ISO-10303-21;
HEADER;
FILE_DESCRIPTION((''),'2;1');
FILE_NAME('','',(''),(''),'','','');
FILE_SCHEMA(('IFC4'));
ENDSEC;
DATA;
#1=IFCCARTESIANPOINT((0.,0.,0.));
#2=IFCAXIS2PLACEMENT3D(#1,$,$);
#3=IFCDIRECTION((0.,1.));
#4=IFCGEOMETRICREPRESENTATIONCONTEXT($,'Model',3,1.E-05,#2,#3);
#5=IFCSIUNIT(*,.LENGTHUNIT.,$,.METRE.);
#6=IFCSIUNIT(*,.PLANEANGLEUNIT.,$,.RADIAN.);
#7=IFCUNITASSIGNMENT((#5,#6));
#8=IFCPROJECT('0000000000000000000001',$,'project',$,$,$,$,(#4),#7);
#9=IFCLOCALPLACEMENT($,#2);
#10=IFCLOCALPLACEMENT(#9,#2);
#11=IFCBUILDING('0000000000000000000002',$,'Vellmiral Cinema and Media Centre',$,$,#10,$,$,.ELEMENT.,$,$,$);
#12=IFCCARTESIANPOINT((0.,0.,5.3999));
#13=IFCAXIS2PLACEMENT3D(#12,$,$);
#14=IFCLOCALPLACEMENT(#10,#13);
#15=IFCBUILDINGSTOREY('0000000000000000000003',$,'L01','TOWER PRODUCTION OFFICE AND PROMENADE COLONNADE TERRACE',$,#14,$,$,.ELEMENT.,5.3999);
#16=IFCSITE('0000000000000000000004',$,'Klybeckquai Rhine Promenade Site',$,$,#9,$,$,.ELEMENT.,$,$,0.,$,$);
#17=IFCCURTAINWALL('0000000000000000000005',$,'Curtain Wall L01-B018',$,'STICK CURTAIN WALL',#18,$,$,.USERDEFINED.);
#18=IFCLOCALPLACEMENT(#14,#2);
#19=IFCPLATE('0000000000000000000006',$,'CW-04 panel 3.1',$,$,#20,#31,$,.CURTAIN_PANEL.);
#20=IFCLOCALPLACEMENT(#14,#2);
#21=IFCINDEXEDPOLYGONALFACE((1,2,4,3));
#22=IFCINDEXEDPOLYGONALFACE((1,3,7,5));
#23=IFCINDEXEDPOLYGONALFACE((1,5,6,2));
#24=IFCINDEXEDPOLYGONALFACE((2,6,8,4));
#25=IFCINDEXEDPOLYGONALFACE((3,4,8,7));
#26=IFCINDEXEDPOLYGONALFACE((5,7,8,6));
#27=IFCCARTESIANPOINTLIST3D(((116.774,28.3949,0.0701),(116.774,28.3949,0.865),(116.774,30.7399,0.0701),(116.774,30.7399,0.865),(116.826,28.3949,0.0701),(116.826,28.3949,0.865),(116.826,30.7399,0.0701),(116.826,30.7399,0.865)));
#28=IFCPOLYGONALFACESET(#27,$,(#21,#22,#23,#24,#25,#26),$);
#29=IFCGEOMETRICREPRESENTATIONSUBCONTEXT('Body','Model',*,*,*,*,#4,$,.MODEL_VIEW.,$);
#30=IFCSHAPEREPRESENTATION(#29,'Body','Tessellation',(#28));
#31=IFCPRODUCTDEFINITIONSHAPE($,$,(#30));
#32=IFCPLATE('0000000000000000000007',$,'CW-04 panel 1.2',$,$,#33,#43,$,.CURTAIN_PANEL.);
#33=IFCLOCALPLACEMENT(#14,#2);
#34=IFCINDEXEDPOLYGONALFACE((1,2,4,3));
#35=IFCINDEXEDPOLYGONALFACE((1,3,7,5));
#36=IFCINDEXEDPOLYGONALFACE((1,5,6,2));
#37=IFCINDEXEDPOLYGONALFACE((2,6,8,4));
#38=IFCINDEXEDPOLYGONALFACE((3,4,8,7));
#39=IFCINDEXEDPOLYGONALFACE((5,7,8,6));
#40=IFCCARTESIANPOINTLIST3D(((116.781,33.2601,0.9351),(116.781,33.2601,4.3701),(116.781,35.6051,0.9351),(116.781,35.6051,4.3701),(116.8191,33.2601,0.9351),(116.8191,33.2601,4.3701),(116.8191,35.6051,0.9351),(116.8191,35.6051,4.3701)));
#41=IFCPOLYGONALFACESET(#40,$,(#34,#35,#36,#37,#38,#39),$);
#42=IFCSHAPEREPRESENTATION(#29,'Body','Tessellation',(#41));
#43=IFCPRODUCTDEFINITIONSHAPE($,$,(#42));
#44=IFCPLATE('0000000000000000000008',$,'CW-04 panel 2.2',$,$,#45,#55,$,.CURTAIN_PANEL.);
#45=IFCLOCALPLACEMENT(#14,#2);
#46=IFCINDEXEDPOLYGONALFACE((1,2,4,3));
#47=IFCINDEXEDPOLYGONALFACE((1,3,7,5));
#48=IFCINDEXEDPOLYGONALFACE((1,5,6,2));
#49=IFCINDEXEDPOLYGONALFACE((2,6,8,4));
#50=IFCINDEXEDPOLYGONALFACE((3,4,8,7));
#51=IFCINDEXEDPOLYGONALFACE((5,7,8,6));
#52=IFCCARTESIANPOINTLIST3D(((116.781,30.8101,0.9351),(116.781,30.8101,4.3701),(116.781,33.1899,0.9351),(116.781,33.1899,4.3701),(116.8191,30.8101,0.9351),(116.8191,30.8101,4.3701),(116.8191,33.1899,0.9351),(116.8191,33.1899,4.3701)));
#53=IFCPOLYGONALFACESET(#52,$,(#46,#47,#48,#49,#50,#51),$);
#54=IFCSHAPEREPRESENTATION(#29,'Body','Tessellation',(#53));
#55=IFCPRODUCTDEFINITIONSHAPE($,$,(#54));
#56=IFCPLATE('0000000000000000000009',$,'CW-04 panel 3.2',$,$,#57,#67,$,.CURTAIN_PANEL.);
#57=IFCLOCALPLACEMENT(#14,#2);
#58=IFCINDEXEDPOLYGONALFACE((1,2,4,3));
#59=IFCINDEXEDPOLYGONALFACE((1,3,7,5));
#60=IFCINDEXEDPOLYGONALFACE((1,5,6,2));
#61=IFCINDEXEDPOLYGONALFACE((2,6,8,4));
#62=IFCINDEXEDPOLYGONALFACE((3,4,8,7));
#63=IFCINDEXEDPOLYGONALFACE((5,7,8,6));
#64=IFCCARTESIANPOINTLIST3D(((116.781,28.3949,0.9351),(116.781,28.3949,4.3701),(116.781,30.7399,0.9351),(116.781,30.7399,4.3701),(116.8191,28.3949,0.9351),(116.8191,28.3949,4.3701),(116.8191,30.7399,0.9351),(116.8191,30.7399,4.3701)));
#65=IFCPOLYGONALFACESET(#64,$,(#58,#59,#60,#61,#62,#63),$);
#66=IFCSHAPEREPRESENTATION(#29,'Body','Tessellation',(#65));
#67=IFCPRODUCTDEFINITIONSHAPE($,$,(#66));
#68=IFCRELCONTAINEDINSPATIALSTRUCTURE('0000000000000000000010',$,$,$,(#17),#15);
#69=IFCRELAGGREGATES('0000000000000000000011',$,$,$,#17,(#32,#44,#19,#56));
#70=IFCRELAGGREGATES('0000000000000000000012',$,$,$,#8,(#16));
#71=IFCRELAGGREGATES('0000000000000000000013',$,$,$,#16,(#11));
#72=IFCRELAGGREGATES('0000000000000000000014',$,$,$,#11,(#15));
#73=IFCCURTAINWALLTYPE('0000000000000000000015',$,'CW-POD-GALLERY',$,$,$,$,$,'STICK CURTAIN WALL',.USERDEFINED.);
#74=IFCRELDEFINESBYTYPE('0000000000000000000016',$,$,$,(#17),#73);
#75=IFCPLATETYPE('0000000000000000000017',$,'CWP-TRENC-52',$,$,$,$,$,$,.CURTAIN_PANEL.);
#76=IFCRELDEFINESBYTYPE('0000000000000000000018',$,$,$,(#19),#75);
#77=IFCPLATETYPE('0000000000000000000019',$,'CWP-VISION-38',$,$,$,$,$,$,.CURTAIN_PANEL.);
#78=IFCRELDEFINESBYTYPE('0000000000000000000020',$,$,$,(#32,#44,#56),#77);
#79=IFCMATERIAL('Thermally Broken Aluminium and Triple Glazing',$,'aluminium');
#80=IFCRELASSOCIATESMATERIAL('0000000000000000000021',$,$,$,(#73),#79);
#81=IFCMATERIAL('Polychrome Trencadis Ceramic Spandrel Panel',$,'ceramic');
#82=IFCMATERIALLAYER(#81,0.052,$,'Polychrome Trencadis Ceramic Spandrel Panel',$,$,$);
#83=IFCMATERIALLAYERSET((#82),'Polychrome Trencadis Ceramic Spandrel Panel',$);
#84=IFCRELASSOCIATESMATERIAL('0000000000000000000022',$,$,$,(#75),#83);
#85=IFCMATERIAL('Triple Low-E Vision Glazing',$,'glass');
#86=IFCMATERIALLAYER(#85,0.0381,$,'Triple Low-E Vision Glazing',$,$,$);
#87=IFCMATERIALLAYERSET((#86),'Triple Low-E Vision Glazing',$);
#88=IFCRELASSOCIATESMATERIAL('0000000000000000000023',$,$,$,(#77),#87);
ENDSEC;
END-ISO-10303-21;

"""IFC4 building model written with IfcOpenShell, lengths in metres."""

from ifc_helpers import new_model, si_unit, direction, frame, origin, origin_2d, place, context, subcontext, project, spatial, rectangle, extrude, material, layer, layer_set, type_object, element, aggregate, save


model = new_model("IFC4")

# Units and contexts
model_context = context("Model", 3, precision=1e-05, world=origin(), true_north=direction((0.0, 1.0)))
body_context = subcontext(model_context, "Body", "Model", "MODEL_VIEW")
ifc_project = project(units=[si_unit("LENGTHUNIT", "METRE"), si_unit("PLANEANGLEUNIT", "RADIAN")], contexts=[model_context])

# Site, building, storey
site_placement = place(None, origin())
site = spatial("IfcSite", under=ifc_project, at=site_placement, Name="Klybeckquai Rhine Promenade Site", CompositionType="ELEMENT", RefElevation=0.0)
building_placement = place(site_placement, origin())
building = spatial("IfcBuilding", under=site, at=building_placement, Name="Vellmiral Cinema and Media Centre", CompositionType="ELEMENT")
storey_placement = place(building_placement, frame((0.0, 0.0, 5.3999)))
storey = spatial("IfcBuildingStorey", under=building, at=storey_placement, Name="L01", Description="TOWER PRODUCTION OFFICE AND PROMENADE COLONNADE TERRACE", CompositionType="ELEMENT", Elevation=5.3999)

# Curtain wall, plates
ifc_material_1 = material(Name="Thermally Broken Aluminium and Triple Glazing", Category="aluminium")
curtain_wall_type = type_object("IfcCurtainWallType", Name="CW-POD-GALLERY", ElementType="STICK CURTAIN WALL", PredefinedType="USERDEFINED", material=ifc_material_1)
curtain_wall_placement = place(storey_placement, origin())
curtain_wall = element("IfcCurtainWall", 1, at=curtain_wall_placement, inside=storey, type_object=curtain_wall_type, Name="Curtain Wall L01-B018", ObjectType="STICK CURTAIN WALL", PredefinedType="USERDEFINED")
ifc_material_2 = material(Name="Polychrome Trencadis Ceramic Spandrel Panel", Category="ceramic")
ifc_layer_1 = layer(ifc_material_2, 0.052, Name="Polychrome Trencadis Ceramic Spandrel Panel")
ifc_layer_set_1 = layer_set([ifc_layer_1], Name="Polychrome Trencadis Ceramic Spandrel Panel")
plate_type_1 = type_object("IfcPlateType", Name="CWP-TRENC-52", PredefinedType="CURTAIN_PANEL", material=ifc_layer_set_1)
plate_1_placement = place(storey_placement, frame((116.8, 29.5674, 0.0701), z_axis=(0.0, 0.0, 1.0), x_axis=(0.0, -1.0, 0.0)))
plate_1 = element("IfcPlate", 2, at=plate_1_placement, type_object=plate_type_1, Name="CW-04 panel 3.1", PredefinedType="CURTAIN_PANEL", context=body_context, shape_type="SweptSolid", body=[
    extrude(rectangle(XDim=2.345, YDim=0.052, at=origin_2d()), origin(), (0.0, 0.0, 1.0), 0.7949),
])
ifc_material_3 = material(Name="Triple Low-E Vision Glazing", Category="glass")
ifc_layer_2 = layer(ifc_material_3, 0.0381, Name="Triple Low-E Vision Glazing")
ifc_layer_set_2 = layer_set([ifc_layer_2], Name="Triple Low-E Vision Glazing")
plate_type_2 = type_object("IfcPlateType", Name="CWP-VISION-38", PredefinedType="CURTAIN_PANEL", material=ifc_layer_set_2)
plate_2_placement = place(storey_placement, frame((116.8, 34.4326, 0.9351), z_axis=(0.0, 0.0, 1.0), x_axis=(0.0, -1.0, 0.0)))
plate_2 = element("IfcPlate", 3, at=plate_2_placement, type_object=plate_type_2, Name="CW-04 panel 1.2", PredefinedType="CURTAIN_PANEL", context=body_context, shape_type="SweptSolid", body=[
    extrude(rectangle(XDim=2.345, YDim=0.0381, at=origin_2d()), origin(), (0.0, 0.0, 1.0), 3.4351),
])
plate_3_placement = place(storey_placement, frame((116.8, 32.0, 0.9351), z_axis=(0.0, 0.0, 1.0), x_axis=(0.0, -1.0, 0.0)))
plate_3 = element("IfcPlate", 4, at=plate_3_placement, type_object=plate_type_2, Name="CW-04 panel 2.2", PredefinedType="CURTAIN_PANEL", context=body_context, shape_type="SweptSolid", body=[
    extrude(rectangle(XDim=2.3799, YDim=0.0381, at=origin_2d()), origin(), (0.0, 0.0, 1.0), 3.4351),
])
plate_4_placement = place(storey_placement, frame((116.8, 29.5674, 0.9351), z_axis=(0.0, 0.0, 1.0), x_axis=(0.0, -1.0, 0.0)))
plate_4 = element("IfcPlate", 5, at=plate_4_placement, type_object=plate_type_2, Name="CW-04 panel 3.2", PredefinedType="CURTAIN_PANEL", context=body_context, shape_type="SweptSolid", body=[
    extrude(rectangle(XDim=2.345, YDim=0.0381, at=origin_2d()), origin(), (0.0, 0.0, 1.0), 3.4351),
])
aggregate(curtain_wall, [plate_2, plate_3, plate_1, plate_4])

save(model, "model.ifc")
